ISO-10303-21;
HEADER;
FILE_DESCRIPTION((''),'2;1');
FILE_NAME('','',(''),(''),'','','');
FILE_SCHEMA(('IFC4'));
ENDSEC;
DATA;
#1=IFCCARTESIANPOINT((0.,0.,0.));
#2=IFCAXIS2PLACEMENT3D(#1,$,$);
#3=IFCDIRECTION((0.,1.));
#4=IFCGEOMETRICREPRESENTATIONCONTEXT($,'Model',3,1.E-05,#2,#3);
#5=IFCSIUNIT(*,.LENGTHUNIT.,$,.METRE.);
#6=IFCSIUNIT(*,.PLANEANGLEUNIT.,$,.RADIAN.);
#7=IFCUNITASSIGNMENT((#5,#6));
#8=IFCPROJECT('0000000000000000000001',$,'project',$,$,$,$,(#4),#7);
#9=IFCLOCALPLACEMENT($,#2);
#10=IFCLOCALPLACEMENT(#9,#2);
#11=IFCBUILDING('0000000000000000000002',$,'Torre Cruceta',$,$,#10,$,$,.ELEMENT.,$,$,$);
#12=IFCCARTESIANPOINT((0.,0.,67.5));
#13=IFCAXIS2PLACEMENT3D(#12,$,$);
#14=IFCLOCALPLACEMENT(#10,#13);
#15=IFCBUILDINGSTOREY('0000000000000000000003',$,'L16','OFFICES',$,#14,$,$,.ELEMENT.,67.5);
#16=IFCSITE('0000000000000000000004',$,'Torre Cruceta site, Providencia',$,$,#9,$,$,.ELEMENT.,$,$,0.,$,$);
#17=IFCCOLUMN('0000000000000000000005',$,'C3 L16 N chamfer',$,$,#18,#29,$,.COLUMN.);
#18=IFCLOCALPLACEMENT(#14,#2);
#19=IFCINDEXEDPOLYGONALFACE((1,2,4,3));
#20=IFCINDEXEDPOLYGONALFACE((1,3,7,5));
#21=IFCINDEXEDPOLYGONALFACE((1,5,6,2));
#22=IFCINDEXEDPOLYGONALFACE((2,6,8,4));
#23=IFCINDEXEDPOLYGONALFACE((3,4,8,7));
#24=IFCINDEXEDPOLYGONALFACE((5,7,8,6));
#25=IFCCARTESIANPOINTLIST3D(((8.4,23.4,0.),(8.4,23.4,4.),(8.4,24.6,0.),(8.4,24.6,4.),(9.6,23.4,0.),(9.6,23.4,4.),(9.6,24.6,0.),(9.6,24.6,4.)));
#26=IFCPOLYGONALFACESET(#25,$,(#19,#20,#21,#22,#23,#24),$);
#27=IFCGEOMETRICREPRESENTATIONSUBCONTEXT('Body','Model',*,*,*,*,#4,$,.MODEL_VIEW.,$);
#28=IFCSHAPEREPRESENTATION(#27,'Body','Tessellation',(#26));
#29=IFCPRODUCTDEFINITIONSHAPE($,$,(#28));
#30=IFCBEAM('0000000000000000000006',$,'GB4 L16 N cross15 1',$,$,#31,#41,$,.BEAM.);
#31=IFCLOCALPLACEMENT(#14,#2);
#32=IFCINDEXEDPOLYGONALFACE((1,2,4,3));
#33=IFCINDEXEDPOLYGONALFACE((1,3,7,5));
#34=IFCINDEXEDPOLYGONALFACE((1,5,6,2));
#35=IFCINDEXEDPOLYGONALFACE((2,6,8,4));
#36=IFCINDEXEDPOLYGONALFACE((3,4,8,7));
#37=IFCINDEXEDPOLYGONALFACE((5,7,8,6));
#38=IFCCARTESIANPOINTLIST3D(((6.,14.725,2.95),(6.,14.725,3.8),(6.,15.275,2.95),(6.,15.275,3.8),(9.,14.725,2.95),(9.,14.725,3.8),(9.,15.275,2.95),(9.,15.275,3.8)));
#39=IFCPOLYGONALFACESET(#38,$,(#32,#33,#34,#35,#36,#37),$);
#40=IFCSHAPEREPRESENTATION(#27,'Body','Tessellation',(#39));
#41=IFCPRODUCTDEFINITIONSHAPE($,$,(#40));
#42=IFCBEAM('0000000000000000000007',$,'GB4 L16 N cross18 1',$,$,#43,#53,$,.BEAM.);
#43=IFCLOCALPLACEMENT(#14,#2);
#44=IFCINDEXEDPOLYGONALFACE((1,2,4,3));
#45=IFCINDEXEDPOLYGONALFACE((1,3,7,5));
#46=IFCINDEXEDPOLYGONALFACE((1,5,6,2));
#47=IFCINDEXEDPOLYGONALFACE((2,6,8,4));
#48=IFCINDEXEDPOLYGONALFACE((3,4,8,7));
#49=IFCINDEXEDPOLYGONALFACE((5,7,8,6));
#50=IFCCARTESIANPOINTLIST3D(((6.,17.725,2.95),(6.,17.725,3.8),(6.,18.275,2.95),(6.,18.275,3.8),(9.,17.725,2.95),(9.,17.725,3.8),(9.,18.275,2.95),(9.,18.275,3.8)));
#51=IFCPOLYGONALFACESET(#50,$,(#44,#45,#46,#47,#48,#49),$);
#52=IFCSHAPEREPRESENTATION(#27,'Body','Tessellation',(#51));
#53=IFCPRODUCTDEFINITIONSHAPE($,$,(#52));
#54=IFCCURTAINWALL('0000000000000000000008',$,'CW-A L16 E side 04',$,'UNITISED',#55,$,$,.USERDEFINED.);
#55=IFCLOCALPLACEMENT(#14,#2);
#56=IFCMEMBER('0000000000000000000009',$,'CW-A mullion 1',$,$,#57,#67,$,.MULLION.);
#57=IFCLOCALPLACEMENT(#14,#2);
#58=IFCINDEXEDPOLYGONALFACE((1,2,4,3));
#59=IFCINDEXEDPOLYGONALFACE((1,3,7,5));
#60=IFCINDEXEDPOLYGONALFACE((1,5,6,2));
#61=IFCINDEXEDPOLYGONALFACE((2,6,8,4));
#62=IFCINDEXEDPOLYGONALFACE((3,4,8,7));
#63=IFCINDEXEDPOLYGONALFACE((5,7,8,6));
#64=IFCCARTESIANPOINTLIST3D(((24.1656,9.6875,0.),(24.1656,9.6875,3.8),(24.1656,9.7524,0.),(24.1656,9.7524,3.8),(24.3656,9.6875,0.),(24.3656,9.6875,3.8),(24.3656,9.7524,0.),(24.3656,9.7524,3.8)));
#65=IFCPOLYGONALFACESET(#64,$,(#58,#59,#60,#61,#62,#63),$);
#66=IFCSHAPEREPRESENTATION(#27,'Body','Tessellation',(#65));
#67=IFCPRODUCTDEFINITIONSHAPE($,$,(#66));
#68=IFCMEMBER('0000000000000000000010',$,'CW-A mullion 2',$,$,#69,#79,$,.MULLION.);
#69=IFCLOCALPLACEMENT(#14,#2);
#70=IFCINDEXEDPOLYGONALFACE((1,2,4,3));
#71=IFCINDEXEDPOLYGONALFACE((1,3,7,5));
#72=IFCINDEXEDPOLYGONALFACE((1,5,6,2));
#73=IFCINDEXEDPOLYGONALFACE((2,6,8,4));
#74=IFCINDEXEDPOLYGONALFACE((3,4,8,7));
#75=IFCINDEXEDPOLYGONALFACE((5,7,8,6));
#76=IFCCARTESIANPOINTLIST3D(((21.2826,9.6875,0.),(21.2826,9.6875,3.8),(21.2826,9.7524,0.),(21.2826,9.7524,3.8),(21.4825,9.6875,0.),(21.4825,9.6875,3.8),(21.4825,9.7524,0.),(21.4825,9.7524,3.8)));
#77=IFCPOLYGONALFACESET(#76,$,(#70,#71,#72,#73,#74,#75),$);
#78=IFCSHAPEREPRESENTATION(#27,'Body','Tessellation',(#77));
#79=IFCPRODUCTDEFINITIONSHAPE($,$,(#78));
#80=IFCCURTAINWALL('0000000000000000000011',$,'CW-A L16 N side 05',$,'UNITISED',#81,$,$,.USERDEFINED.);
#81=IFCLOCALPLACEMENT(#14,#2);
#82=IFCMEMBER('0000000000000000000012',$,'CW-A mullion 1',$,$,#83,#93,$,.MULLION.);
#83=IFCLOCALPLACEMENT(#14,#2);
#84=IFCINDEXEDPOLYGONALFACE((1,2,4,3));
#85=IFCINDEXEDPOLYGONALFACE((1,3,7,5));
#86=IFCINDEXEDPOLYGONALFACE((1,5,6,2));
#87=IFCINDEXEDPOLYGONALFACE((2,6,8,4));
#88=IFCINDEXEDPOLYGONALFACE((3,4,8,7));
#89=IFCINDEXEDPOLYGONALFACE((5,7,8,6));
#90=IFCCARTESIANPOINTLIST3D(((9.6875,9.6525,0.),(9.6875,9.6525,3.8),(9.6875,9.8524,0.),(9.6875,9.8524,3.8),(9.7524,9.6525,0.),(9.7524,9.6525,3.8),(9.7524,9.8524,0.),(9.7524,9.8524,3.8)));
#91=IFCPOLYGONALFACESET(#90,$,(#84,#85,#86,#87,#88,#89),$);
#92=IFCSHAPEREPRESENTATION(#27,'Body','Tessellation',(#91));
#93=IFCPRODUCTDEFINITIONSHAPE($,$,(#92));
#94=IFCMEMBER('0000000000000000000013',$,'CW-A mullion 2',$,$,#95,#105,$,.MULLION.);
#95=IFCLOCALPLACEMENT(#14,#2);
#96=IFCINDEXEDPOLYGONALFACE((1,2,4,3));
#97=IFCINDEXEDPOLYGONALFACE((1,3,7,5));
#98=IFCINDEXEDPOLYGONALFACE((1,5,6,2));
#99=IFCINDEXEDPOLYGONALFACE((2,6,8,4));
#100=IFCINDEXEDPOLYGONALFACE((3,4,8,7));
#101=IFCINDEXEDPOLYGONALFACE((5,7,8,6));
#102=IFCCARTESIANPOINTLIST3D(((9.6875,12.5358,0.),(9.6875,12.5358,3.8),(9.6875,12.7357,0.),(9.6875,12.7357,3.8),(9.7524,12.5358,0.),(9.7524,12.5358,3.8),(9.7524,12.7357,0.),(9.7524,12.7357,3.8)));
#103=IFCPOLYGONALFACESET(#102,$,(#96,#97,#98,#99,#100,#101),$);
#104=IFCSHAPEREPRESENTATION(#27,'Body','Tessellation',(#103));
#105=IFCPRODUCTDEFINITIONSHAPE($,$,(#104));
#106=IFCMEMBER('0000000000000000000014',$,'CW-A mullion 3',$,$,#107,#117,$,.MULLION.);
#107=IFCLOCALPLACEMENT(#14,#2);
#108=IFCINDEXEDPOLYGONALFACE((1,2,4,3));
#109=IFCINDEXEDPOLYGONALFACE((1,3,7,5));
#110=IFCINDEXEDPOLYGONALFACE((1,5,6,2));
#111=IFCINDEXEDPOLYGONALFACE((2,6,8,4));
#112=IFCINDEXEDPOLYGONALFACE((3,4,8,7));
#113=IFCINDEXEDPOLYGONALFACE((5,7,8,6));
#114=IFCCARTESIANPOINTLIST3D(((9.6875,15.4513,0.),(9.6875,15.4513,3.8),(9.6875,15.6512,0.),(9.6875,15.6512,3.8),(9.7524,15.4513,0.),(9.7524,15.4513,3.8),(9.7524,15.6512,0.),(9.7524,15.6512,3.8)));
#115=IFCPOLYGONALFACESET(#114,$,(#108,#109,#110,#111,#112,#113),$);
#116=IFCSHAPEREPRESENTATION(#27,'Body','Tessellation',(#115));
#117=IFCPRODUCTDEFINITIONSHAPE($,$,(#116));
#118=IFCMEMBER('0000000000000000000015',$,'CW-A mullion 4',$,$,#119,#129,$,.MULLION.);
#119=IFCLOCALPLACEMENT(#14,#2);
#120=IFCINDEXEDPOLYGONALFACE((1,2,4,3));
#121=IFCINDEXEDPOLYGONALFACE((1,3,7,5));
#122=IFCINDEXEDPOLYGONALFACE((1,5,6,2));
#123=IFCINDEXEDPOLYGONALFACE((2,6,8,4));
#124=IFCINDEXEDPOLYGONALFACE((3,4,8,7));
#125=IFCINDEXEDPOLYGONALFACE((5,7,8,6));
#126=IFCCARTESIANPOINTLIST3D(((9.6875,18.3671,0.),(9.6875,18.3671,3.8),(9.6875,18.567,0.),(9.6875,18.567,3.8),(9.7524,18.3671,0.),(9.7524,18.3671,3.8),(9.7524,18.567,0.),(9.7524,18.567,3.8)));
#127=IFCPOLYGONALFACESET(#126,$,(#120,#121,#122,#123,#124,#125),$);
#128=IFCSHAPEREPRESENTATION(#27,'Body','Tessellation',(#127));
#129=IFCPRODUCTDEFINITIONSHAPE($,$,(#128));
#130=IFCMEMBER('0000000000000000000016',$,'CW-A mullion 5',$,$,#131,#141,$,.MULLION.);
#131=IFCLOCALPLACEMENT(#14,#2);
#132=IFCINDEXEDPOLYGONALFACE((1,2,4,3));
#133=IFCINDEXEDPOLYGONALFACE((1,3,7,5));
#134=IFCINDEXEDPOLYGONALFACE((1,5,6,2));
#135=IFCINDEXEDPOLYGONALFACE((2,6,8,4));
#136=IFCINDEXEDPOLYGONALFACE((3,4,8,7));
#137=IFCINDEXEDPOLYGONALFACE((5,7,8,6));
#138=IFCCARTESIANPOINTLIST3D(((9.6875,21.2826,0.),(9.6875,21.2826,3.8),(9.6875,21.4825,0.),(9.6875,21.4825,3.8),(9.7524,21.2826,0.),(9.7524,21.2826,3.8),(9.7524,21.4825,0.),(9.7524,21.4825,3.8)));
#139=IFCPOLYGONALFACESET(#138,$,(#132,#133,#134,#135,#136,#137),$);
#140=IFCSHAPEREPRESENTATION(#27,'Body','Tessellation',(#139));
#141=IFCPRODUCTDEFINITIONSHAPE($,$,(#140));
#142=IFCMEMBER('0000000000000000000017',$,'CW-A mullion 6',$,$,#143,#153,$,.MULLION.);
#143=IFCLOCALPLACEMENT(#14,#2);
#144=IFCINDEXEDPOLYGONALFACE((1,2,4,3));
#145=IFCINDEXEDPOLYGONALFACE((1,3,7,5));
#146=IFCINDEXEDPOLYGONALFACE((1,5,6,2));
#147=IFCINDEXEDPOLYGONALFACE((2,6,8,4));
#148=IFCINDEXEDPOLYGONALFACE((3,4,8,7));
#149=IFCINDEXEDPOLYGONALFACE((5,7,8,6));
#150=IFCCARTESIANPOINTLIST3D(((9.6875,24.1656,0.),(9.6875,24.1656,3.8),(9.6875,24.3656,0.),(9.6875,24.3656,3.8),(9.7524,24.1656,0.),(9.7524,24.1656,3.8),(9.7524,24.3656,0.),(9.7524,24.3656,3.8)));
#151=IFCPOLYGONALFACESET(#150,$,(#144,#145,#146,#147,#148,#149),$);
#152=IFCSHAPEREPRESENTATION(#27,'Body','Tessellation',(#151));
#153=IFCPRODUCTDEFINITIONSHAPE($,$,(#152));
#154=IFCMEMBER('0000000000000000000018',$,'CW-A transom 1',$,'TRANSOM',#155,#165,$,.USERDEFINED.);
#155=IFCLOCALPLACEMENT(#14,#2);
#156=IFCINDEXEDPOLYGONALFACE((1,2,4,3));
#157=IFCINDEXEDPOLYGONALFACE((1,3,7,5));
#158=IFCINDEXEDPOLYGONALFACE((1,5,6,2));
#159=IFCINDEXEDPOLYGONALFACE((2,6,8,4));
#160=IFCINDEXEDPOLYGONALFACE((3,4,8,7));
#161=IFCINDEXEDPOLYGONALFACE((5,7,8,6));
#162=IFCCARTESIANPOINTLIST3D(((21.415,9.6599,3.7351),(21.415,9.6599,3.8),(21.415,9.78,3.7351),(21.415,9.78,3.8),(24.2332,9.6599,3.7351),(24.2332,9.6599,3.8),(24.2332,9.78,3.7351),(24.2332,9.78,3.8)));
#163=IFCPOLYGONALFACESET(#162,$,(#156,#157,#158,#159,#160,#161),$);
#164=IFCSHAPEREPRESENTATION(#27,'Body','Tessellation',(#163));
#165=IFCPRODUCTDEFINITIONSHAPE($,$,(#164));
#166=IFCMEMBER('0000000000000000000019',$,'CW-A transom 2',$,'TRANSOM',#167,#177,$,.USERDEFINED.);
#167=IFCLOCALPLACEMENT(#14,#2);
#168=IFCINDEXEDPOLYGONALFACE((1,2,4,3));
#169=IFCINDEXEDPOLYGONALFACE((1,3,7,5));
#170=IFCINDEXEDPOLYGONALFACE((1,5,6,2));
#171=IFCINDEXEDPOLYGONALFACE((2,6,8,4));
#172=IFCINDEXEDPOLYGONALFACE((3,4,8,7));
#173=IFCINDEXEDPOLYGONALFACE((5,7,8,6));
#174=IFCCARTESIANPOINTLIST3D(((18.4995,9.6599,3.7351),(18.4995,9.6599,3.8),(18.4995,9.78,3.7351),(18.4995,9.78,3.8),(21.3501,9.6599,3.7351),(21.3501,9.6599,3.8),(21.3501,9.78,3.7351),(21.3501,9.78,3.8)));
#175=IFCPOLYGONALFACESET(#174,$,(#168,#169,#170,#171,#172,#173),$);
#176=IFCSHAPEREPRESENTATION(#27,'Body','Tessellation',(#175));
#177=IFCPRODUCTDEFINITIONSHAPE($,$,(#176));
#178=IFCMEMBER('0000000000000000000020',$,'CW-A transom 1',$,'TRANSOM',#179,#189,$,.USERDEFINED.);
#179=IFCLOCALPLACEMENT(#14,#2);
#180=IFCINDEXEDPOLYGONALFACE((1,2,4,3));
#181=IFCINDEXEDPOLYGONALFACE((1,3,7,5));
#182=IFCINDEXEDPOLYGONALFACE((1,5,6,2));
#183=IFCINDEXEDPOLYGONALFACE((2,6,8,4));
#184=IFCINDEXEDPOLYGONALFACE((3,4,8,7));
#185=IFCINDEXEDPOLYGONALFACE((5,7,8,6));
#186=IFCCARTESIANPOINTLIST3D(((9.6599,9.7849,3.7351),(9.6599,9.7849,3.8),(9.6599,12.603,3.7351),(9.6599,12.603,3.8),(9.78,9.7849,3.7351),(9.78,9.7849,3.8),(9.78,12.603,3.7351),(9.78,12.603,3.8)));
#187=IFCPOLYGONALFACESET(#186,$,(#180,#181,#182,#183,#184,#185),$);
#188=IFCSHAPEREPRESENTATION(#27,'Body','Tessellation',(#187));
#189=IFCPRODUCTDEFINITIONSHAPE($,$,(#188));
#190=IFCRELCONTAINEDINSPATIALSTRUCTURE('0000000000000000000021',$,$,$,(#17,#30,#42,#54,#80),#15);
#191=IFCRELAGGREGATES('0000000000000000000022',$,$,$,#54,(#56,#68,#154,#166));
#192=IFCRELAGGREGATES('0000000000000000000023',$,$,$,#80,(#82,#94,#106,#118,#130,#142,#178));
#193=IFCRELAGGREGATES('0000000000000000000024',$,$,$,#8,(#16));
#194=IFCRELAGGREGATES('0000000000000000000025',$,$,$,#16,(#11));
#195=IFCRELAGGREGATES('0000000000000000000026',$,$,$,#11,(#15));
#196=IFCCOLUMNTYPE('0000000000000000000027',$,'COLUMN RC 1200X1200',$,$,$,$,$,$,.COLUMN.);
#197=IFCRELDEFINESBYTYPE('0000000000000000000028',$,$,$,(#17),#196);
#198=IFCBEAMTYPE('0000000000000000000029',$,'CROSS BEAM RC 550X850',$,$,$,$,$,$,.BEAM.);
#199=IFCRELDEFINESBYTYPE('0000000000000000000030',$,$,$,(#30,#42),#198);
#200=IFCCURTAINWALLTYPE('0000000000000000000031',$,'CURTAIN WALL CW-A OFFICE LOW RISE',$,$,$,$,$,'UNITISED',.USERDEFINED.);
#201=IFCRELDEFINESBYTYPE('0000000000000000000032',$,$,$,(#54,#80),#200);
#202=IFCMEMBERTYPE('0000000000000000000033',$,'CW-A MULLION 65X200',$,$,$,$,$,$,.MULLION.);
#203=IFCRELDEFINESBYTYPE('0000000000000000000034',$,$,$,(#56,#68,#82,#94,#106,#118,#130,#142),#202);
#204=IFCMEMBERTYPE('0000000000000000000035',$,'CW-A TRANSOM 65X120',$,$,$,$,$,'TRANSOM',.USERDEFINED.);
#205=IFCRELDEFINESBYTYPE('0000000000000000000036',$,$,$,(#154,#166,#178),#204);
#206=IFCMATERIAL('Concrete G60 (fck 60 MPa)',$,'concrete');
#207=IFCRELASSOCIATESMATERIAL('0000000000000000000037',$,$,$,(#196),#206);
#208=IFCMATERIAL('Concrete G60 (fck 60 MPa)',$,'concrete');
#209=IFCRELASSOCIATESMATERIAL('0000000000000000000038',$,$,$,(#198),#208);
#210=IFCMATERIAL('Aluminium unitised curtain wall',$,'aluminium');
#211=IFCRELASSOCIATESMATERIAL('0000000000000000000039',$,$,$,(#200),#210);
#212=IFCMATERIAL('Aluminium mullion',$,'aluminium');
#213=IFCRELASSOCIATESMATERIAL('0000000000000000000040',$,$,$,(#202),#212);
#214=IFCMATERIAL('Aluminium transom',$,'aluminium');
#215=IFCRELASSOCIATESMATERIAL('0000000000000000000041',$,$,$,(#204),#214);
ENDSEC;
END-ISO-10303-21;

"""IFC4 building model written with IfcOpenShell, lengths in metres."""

from ifc_helpers import new_model, si_unit, direction, frame, origin, origin_2d, place, context, subcontext, project, spatial, rectangle, extrude, material, material_profile, profile_set, type_object, element, aggregate, save


model = new_model("IFC4")

# Units and contexts
model_context = context("Model", 3, precision=1e-05, world=origin(), true_north=direction((0.0, 1.0)))
body_context = subcontext(model_context, "Body", "Model", "MODEL_VIEW")
ifc_project = project(units=[si_unit("LENGTHUNIT", "METRE"), si_unit("PLANEANGLEUNIT", "RADIAN")], contexts=[model_context])

# Site, building, storey
site_placement = place(None, origin())
site = spatial("IfcSite", under=ifc_project, at=site_placement, Name="Torre Cruceta site, Providencia", CompositionType="ELEMENT", RefElevation=0.0)
building_placement = place(site_placement, origin())
building = spatial("IfcBuilding", under=site, at=building_placement, Name="Torre Cruceta", CompositionType="ELEMENT")
storey_placement = place(building_placement, frame((0.0, 0.0, 67.5)))
storey = spatial("IfcBuildingStorey", under=building, at=storey_placement, Name="L16", Description="OFFICES", CompositionType="ELEMENT", Elevation=67.5)

# Column
ifc_material_1 = material(Name="Concrete G60 (fck 60 MPa)", Category="concrete")
ifc_material_profile_1 = material_profile(ifc_material_1, rectangle(XDim=1.2, YDim=1.2, at=origin_2d()), Name="RC 1200X1200")
ifc_profile_set_1 = profile_set([ifc_material_profile_1], Name="Concrete G60 (fck 60 MPa)")
column_type = type_object("IfcColumnType", Name="COLUMN RC 1200X1200", PredefinedType="COLUMN", material=ifc_profile_set_1)
column_placement = place(storey_placement, frame((9.0, 24.0, 0.0), z_axis=(0.0, 0.0, 1.0), x_axis=(1.0, 0.0, 0.0)))
element("IfcColumn", 1, at=column_placement, inside=storey, type_object=column_type, Name="C3 L16 N chamfer", PredefinedType="COLUMN", context=body_context, shape_type="SweptSolid", body=[
    extrude(rectangle(XDim=1.2, YDim=1.2, at=origin_2d()), origin(), (0.0, 0.0, 1.0), 4.0),
])

# Beams
ifc_material_2 = material(Name="Concrete G60 (fck 60 MPa)", Category="concrete")
ifc_material_profile_2 = material_profile(ifc_material_2, rectangle(XDim=0.55, YDim=0.8501, at=origin_2d()), Name="RC 550X850")
ifc_profile_set_2 = profile_set([ifc_material_profile_2], Name="Concrete G60 (fck 60 MPa)")
beam_type_1 = type_object("IfcBeamType", Name="CROSS BEAM RC 550X850", PredefinedType="BEAM", material=ifc_profile_set_2)
for number, where, z_axis, x_axis, name in (
    (2, (9.0, 15.0, 3.375), (-1.0, 0.0, 0.0), (0.0, -1.0, 0.0), "GB4 L16 N cross15 1"),
    (3, (9.0, 18.0, 3.375), (-1.0, 0.0, 0.0), (0.0, -1.0, 0.0), "GB4 L16 N cross18 1"),
):
    element("IfcBeam", number, at=place(storey_placement, frame(where, z_axis=z_axis, x_axis=x_axis)), inside=storey, type_object=beam_type_1, Name=name, PredefinedType="BEAM", context=body_context, shape_type="SweptSolid", body=[
        extrude(rectangle(XDim=0.55, YDim=0.8501, at=origin_2d()), origin(), (0.0, 0.0, 1.0), 3.0),
    ])

# Curtain walls, members
ifc_material_3 = material(Name="Aluminium unitised curtain wall", Category="aluminium")
curtain_wall_type = type_object("IfcCurtainWallType", Name="CURTAIN WALL CW-A OFFICE LOW RISE", ElementType="UNITISED", PredefinedType="USERDEFINED", material=ifc_material_3)
curtain_wall_1_placement = place(storey_placement, origin())
curtain_wall_1 = element("IfcCurtainWall", 4, at=curtain_wall_1_placement, inside=storey, type_object=curtain_wall_type, Name="CW-A L16 E side 04", ObjectType="UNITISED", PredefinedType="USERDEFINED")
ifc_material_4 = material(Name="Aluminium mullion", Category="aluminium")
ifc_material_profile_3 = material_profile(ifc_material_4, rectangle(XDim=0.0649, YDim=0.2, at=origin_2d()), Name="AL 65X200")
ifc_profile_set_3 = profile_set([ifc_material_profile_3], Name="Aluminium mullion")
member_type_1 = type_object("IfcMemberType", Name="CW-A MULLION 65X200", PredefinedType="MULLION", material=ifc_profile_set_3)
member_1_placement = place(storey_placement, frame((24.2656, 9.72, 0.0), z_axis=(0.0, 0.0, 1.0), x_axis=(0.0, -1.0, 0.0)))
member_1 = element("IfcMember", 5, at=member_1_placement, type_object=member_type_1, Name="CW-A mullion 1", PredefinedType="MULLION", context=body_context, shape_type="SweptSolid", body=[
    extrude(rectangle(XDim=0.0649, YDim=0.2, at=origin_2d()), origin(), (0.0, 0.0, 1.0), 3.8),
])
member_2_placement = place(storey_placement, frame((21.3826, 9.72, 0.0), z_axis=(0.0, 0.0, 1.0), x_axis=(0.0, -1.0, 0.0)))
member_2 = element("IfcMember", 6, at=member_2_placement, type_object=member_type_1, Name="CW-A mullion 2", PredefinedType="MULLION", context=body_context, shape_type="SweptSolid", body=[
    extrude(rectangle(XDim=0.0649, YDim=0.2, at=origin_2d()), origin(), (0.0, 0.0, 1.0), 3.8),
])
curtain_wall_2_placement = place(storey_placement, origin())
curtain_wall_2 = element("IfcCurtainWall", 7, at=curtain_wall_2_placement, inside=storey, type_object=curtain_wall_type, Name="CW-A L16 N side 05", ObjectType="UNITISED", PredefinedType="USERDEFINED")
member_3_placement = place(storey_placement, frame((9.72, 9.7524, 0.0), z_axis=(0.0, 0.0, 1.0), x_axis=(-1.0, 0.0, 0.0)))
member_3 = element("IfcMember", 8, at=member_3_placement, type_object=member_type_1, Name="CW-A mullion 1", PredefinedType="MULLION", context=body_context, shape_type="SweptSolid", body=[
    extrude(rectangle(XDim=0.0649, YDim=0.2, at=origin_2d()), origin(), (0.0, 0.0, 1.0), 3.8),
])
member_4_placement = place(storey_placement, frame((9.72, 12.6357, 0.0), z_axis=(0.0, 0.0, 1.0), x_axis=(-1.0, 0.0, 0.0)))
member_4 = element("IfcMember", 9, at=member_4_placement, type_object=member_type_1, Name="CW-A mullion 2", PredefinedType="MULLION", context=body_context, shape_type="SweptSolid", body=[
    extrude(rectangle(XDim=0.0649, YDim=0.2, at=origin_2d()), origin(), (0.0, 0.0, 1.0), 3.8),
])
member_5_placement = place(storey_placement, frame((9.72, 15.5513, 0.0), z_axis=(0.0, 0.0, 1.0), x_axis=(-1.0, 0.0, 0.0)))
member_5 = element("IfcMember", 10, at=member_5_placement, type_object=member_type_1, Name="CW-A mullion 3", PredefinedType="MULLION", context=body_context, shape_type="SweptSolid", body=[
    extrude(rectangle(XDim=0.0649, YDim=0.2, at=origin_2d()), origin(), (0.0, 0.0, 1.0), 3.8),
])
member_6_placement = place(storey_placement, frame((9.72, 18.467, 0.0), z_axis=(0.0, 0.0, 1.0), x_axis=(-1.0, 0.0, 0.0)))
member_6 = element("IfcMember", 11, at=member_6_placement, type_object=member_type_1, Name="CW-A mullion 4", PredefinedType="MULLION", context=body_context, shape_type="SweptSolid", body=[
    extrude(rectangle(XDim=0.0649, YDim=0.2, at=origin_2d()), origin(), (0.0, 0.0, 1.0), 3.8),
])
member_7_placement = place(storey_placement, frame((9.72, 21.3826, 0.0), z_axis=(0.0, 0.0, 1.0), x_axis=(-1.0, 0.0, 0.0)))
member_7 = element("IfcMember", 12, at=member_7_placement, type_object=member_type_1, Name="CW-A mullion 5", PredefinedType="MULLION", context=body_context, shape_type="SweptSolid", body=[
    extrude(rectangle(XDim=0.0649, YDim=0.2, at=origin_2d()), origin(), (0.0, 0.0, 1.0), 3.8),
])
member_8_placement = place(storey_placement, frame((9.72, 24.2656, 0.0), z_axis=(0.0, 0.0, 1.0), x_axis=(-1.0, 0.0, 0.0)))
member_8 = element("IfcMember", 13, at=member_8_placement, type_object=member_type_1, Name="CW-A mullion 6", PredefinedType="MULLION", context=body_context, shape_type="SweptSolid", body=[
    extrude(rectangle(XDim=0.0649, YDim=0.2, at=origin_2d()), origin(), (0.0, 0.0, 1.0), 3.8),
])

# Members
ifc_material_5 = material(Name="Aluminium transom", Category="aluminium")
ifc_material_profile_4 = material_profile(ifc_material_5, rectangle(XDim=0.1201, YDim=0.0649, at=origin_2d()), Name="AL 120X65")
ifc_profile_set_4 = profile_set([ifc_material_profile_4], Name="Aluminium transom")
member_type_2 = type_object("IfcMemberType", Name="CW-A TRANSOM 65X120", ElementType="TRANSOM", PredefinedType="USERDEFINED", material=ifc_profile_set_4)
member_9_placement = place(storey_placement, frame((24.2332, 9.72, 3.7676), z_axis=(-1.0, 0.0, 0.0), x_axis=(0.0, -1.0, 0.0)))
member_9 = element("IfcMember", 14, at=member_9_placement, type_object=member_type_2, Name="CW-A transom 1", ObjectType="TRANSOM", PredefinedType="USERDEFINED", context=body_context, shape_type="SweptSolid", body=[
    extrude(rectangle(XDim=0.1201, YDim=0.0649, at=origin_2d()), origin(), (0.0, 0.0, 1.0), 2.8181),
])
member_10_placement = place(storey_placement, frame((21.3501, 9.72, 3.7676), z_axis=(-1.0, 0.0, 0.0), x_axis=(0.0, -1.0, 0.0)))
member_10 = element("IfcMember", 15, at=member_10_placement, type_object=member_type_2, Name="CW-A transom 2", ObjectType="TRANSOM", PredefinedType="USERDEFINED", context=body_context, shape_type="SweptSolid", body=[
    extrude(rectangle(XDim=0.1201, YDim=0.0649, at=origin_2d()), origin(), (0.0, 0.0, 1.0), 2.8506),
])
member_11_placement = place(storey_placement, frame((9.72, 9.7849, 3.7676), z_axis=(0.0, 1.0, 0.0), x_axis=(-1.0, 0.0, 0.0)))
member_11 = element("IfcMember", 16, at=member_11_placement, type_object=member_type_2, Name="CW-A transom 1", ObjectType="TRANSOM", PredefinedType="USERDEFINED", context=body_context, shape_type="SweptSolid", body=[
    extrude(rectangle(XDim=0.1201, YDim=0.0649, at=origin_2d()), origin(), (0.0, 0.0, 1.0), 2.8181),
])

aggregate(curtain_wall_1, [member_1, member_2, member_9, member_10])
aggregate(curtain_wall_2, [member_3, member_4, member_5, member_6, member_7, member_8, member_11])

save(model, "model.ifc")
